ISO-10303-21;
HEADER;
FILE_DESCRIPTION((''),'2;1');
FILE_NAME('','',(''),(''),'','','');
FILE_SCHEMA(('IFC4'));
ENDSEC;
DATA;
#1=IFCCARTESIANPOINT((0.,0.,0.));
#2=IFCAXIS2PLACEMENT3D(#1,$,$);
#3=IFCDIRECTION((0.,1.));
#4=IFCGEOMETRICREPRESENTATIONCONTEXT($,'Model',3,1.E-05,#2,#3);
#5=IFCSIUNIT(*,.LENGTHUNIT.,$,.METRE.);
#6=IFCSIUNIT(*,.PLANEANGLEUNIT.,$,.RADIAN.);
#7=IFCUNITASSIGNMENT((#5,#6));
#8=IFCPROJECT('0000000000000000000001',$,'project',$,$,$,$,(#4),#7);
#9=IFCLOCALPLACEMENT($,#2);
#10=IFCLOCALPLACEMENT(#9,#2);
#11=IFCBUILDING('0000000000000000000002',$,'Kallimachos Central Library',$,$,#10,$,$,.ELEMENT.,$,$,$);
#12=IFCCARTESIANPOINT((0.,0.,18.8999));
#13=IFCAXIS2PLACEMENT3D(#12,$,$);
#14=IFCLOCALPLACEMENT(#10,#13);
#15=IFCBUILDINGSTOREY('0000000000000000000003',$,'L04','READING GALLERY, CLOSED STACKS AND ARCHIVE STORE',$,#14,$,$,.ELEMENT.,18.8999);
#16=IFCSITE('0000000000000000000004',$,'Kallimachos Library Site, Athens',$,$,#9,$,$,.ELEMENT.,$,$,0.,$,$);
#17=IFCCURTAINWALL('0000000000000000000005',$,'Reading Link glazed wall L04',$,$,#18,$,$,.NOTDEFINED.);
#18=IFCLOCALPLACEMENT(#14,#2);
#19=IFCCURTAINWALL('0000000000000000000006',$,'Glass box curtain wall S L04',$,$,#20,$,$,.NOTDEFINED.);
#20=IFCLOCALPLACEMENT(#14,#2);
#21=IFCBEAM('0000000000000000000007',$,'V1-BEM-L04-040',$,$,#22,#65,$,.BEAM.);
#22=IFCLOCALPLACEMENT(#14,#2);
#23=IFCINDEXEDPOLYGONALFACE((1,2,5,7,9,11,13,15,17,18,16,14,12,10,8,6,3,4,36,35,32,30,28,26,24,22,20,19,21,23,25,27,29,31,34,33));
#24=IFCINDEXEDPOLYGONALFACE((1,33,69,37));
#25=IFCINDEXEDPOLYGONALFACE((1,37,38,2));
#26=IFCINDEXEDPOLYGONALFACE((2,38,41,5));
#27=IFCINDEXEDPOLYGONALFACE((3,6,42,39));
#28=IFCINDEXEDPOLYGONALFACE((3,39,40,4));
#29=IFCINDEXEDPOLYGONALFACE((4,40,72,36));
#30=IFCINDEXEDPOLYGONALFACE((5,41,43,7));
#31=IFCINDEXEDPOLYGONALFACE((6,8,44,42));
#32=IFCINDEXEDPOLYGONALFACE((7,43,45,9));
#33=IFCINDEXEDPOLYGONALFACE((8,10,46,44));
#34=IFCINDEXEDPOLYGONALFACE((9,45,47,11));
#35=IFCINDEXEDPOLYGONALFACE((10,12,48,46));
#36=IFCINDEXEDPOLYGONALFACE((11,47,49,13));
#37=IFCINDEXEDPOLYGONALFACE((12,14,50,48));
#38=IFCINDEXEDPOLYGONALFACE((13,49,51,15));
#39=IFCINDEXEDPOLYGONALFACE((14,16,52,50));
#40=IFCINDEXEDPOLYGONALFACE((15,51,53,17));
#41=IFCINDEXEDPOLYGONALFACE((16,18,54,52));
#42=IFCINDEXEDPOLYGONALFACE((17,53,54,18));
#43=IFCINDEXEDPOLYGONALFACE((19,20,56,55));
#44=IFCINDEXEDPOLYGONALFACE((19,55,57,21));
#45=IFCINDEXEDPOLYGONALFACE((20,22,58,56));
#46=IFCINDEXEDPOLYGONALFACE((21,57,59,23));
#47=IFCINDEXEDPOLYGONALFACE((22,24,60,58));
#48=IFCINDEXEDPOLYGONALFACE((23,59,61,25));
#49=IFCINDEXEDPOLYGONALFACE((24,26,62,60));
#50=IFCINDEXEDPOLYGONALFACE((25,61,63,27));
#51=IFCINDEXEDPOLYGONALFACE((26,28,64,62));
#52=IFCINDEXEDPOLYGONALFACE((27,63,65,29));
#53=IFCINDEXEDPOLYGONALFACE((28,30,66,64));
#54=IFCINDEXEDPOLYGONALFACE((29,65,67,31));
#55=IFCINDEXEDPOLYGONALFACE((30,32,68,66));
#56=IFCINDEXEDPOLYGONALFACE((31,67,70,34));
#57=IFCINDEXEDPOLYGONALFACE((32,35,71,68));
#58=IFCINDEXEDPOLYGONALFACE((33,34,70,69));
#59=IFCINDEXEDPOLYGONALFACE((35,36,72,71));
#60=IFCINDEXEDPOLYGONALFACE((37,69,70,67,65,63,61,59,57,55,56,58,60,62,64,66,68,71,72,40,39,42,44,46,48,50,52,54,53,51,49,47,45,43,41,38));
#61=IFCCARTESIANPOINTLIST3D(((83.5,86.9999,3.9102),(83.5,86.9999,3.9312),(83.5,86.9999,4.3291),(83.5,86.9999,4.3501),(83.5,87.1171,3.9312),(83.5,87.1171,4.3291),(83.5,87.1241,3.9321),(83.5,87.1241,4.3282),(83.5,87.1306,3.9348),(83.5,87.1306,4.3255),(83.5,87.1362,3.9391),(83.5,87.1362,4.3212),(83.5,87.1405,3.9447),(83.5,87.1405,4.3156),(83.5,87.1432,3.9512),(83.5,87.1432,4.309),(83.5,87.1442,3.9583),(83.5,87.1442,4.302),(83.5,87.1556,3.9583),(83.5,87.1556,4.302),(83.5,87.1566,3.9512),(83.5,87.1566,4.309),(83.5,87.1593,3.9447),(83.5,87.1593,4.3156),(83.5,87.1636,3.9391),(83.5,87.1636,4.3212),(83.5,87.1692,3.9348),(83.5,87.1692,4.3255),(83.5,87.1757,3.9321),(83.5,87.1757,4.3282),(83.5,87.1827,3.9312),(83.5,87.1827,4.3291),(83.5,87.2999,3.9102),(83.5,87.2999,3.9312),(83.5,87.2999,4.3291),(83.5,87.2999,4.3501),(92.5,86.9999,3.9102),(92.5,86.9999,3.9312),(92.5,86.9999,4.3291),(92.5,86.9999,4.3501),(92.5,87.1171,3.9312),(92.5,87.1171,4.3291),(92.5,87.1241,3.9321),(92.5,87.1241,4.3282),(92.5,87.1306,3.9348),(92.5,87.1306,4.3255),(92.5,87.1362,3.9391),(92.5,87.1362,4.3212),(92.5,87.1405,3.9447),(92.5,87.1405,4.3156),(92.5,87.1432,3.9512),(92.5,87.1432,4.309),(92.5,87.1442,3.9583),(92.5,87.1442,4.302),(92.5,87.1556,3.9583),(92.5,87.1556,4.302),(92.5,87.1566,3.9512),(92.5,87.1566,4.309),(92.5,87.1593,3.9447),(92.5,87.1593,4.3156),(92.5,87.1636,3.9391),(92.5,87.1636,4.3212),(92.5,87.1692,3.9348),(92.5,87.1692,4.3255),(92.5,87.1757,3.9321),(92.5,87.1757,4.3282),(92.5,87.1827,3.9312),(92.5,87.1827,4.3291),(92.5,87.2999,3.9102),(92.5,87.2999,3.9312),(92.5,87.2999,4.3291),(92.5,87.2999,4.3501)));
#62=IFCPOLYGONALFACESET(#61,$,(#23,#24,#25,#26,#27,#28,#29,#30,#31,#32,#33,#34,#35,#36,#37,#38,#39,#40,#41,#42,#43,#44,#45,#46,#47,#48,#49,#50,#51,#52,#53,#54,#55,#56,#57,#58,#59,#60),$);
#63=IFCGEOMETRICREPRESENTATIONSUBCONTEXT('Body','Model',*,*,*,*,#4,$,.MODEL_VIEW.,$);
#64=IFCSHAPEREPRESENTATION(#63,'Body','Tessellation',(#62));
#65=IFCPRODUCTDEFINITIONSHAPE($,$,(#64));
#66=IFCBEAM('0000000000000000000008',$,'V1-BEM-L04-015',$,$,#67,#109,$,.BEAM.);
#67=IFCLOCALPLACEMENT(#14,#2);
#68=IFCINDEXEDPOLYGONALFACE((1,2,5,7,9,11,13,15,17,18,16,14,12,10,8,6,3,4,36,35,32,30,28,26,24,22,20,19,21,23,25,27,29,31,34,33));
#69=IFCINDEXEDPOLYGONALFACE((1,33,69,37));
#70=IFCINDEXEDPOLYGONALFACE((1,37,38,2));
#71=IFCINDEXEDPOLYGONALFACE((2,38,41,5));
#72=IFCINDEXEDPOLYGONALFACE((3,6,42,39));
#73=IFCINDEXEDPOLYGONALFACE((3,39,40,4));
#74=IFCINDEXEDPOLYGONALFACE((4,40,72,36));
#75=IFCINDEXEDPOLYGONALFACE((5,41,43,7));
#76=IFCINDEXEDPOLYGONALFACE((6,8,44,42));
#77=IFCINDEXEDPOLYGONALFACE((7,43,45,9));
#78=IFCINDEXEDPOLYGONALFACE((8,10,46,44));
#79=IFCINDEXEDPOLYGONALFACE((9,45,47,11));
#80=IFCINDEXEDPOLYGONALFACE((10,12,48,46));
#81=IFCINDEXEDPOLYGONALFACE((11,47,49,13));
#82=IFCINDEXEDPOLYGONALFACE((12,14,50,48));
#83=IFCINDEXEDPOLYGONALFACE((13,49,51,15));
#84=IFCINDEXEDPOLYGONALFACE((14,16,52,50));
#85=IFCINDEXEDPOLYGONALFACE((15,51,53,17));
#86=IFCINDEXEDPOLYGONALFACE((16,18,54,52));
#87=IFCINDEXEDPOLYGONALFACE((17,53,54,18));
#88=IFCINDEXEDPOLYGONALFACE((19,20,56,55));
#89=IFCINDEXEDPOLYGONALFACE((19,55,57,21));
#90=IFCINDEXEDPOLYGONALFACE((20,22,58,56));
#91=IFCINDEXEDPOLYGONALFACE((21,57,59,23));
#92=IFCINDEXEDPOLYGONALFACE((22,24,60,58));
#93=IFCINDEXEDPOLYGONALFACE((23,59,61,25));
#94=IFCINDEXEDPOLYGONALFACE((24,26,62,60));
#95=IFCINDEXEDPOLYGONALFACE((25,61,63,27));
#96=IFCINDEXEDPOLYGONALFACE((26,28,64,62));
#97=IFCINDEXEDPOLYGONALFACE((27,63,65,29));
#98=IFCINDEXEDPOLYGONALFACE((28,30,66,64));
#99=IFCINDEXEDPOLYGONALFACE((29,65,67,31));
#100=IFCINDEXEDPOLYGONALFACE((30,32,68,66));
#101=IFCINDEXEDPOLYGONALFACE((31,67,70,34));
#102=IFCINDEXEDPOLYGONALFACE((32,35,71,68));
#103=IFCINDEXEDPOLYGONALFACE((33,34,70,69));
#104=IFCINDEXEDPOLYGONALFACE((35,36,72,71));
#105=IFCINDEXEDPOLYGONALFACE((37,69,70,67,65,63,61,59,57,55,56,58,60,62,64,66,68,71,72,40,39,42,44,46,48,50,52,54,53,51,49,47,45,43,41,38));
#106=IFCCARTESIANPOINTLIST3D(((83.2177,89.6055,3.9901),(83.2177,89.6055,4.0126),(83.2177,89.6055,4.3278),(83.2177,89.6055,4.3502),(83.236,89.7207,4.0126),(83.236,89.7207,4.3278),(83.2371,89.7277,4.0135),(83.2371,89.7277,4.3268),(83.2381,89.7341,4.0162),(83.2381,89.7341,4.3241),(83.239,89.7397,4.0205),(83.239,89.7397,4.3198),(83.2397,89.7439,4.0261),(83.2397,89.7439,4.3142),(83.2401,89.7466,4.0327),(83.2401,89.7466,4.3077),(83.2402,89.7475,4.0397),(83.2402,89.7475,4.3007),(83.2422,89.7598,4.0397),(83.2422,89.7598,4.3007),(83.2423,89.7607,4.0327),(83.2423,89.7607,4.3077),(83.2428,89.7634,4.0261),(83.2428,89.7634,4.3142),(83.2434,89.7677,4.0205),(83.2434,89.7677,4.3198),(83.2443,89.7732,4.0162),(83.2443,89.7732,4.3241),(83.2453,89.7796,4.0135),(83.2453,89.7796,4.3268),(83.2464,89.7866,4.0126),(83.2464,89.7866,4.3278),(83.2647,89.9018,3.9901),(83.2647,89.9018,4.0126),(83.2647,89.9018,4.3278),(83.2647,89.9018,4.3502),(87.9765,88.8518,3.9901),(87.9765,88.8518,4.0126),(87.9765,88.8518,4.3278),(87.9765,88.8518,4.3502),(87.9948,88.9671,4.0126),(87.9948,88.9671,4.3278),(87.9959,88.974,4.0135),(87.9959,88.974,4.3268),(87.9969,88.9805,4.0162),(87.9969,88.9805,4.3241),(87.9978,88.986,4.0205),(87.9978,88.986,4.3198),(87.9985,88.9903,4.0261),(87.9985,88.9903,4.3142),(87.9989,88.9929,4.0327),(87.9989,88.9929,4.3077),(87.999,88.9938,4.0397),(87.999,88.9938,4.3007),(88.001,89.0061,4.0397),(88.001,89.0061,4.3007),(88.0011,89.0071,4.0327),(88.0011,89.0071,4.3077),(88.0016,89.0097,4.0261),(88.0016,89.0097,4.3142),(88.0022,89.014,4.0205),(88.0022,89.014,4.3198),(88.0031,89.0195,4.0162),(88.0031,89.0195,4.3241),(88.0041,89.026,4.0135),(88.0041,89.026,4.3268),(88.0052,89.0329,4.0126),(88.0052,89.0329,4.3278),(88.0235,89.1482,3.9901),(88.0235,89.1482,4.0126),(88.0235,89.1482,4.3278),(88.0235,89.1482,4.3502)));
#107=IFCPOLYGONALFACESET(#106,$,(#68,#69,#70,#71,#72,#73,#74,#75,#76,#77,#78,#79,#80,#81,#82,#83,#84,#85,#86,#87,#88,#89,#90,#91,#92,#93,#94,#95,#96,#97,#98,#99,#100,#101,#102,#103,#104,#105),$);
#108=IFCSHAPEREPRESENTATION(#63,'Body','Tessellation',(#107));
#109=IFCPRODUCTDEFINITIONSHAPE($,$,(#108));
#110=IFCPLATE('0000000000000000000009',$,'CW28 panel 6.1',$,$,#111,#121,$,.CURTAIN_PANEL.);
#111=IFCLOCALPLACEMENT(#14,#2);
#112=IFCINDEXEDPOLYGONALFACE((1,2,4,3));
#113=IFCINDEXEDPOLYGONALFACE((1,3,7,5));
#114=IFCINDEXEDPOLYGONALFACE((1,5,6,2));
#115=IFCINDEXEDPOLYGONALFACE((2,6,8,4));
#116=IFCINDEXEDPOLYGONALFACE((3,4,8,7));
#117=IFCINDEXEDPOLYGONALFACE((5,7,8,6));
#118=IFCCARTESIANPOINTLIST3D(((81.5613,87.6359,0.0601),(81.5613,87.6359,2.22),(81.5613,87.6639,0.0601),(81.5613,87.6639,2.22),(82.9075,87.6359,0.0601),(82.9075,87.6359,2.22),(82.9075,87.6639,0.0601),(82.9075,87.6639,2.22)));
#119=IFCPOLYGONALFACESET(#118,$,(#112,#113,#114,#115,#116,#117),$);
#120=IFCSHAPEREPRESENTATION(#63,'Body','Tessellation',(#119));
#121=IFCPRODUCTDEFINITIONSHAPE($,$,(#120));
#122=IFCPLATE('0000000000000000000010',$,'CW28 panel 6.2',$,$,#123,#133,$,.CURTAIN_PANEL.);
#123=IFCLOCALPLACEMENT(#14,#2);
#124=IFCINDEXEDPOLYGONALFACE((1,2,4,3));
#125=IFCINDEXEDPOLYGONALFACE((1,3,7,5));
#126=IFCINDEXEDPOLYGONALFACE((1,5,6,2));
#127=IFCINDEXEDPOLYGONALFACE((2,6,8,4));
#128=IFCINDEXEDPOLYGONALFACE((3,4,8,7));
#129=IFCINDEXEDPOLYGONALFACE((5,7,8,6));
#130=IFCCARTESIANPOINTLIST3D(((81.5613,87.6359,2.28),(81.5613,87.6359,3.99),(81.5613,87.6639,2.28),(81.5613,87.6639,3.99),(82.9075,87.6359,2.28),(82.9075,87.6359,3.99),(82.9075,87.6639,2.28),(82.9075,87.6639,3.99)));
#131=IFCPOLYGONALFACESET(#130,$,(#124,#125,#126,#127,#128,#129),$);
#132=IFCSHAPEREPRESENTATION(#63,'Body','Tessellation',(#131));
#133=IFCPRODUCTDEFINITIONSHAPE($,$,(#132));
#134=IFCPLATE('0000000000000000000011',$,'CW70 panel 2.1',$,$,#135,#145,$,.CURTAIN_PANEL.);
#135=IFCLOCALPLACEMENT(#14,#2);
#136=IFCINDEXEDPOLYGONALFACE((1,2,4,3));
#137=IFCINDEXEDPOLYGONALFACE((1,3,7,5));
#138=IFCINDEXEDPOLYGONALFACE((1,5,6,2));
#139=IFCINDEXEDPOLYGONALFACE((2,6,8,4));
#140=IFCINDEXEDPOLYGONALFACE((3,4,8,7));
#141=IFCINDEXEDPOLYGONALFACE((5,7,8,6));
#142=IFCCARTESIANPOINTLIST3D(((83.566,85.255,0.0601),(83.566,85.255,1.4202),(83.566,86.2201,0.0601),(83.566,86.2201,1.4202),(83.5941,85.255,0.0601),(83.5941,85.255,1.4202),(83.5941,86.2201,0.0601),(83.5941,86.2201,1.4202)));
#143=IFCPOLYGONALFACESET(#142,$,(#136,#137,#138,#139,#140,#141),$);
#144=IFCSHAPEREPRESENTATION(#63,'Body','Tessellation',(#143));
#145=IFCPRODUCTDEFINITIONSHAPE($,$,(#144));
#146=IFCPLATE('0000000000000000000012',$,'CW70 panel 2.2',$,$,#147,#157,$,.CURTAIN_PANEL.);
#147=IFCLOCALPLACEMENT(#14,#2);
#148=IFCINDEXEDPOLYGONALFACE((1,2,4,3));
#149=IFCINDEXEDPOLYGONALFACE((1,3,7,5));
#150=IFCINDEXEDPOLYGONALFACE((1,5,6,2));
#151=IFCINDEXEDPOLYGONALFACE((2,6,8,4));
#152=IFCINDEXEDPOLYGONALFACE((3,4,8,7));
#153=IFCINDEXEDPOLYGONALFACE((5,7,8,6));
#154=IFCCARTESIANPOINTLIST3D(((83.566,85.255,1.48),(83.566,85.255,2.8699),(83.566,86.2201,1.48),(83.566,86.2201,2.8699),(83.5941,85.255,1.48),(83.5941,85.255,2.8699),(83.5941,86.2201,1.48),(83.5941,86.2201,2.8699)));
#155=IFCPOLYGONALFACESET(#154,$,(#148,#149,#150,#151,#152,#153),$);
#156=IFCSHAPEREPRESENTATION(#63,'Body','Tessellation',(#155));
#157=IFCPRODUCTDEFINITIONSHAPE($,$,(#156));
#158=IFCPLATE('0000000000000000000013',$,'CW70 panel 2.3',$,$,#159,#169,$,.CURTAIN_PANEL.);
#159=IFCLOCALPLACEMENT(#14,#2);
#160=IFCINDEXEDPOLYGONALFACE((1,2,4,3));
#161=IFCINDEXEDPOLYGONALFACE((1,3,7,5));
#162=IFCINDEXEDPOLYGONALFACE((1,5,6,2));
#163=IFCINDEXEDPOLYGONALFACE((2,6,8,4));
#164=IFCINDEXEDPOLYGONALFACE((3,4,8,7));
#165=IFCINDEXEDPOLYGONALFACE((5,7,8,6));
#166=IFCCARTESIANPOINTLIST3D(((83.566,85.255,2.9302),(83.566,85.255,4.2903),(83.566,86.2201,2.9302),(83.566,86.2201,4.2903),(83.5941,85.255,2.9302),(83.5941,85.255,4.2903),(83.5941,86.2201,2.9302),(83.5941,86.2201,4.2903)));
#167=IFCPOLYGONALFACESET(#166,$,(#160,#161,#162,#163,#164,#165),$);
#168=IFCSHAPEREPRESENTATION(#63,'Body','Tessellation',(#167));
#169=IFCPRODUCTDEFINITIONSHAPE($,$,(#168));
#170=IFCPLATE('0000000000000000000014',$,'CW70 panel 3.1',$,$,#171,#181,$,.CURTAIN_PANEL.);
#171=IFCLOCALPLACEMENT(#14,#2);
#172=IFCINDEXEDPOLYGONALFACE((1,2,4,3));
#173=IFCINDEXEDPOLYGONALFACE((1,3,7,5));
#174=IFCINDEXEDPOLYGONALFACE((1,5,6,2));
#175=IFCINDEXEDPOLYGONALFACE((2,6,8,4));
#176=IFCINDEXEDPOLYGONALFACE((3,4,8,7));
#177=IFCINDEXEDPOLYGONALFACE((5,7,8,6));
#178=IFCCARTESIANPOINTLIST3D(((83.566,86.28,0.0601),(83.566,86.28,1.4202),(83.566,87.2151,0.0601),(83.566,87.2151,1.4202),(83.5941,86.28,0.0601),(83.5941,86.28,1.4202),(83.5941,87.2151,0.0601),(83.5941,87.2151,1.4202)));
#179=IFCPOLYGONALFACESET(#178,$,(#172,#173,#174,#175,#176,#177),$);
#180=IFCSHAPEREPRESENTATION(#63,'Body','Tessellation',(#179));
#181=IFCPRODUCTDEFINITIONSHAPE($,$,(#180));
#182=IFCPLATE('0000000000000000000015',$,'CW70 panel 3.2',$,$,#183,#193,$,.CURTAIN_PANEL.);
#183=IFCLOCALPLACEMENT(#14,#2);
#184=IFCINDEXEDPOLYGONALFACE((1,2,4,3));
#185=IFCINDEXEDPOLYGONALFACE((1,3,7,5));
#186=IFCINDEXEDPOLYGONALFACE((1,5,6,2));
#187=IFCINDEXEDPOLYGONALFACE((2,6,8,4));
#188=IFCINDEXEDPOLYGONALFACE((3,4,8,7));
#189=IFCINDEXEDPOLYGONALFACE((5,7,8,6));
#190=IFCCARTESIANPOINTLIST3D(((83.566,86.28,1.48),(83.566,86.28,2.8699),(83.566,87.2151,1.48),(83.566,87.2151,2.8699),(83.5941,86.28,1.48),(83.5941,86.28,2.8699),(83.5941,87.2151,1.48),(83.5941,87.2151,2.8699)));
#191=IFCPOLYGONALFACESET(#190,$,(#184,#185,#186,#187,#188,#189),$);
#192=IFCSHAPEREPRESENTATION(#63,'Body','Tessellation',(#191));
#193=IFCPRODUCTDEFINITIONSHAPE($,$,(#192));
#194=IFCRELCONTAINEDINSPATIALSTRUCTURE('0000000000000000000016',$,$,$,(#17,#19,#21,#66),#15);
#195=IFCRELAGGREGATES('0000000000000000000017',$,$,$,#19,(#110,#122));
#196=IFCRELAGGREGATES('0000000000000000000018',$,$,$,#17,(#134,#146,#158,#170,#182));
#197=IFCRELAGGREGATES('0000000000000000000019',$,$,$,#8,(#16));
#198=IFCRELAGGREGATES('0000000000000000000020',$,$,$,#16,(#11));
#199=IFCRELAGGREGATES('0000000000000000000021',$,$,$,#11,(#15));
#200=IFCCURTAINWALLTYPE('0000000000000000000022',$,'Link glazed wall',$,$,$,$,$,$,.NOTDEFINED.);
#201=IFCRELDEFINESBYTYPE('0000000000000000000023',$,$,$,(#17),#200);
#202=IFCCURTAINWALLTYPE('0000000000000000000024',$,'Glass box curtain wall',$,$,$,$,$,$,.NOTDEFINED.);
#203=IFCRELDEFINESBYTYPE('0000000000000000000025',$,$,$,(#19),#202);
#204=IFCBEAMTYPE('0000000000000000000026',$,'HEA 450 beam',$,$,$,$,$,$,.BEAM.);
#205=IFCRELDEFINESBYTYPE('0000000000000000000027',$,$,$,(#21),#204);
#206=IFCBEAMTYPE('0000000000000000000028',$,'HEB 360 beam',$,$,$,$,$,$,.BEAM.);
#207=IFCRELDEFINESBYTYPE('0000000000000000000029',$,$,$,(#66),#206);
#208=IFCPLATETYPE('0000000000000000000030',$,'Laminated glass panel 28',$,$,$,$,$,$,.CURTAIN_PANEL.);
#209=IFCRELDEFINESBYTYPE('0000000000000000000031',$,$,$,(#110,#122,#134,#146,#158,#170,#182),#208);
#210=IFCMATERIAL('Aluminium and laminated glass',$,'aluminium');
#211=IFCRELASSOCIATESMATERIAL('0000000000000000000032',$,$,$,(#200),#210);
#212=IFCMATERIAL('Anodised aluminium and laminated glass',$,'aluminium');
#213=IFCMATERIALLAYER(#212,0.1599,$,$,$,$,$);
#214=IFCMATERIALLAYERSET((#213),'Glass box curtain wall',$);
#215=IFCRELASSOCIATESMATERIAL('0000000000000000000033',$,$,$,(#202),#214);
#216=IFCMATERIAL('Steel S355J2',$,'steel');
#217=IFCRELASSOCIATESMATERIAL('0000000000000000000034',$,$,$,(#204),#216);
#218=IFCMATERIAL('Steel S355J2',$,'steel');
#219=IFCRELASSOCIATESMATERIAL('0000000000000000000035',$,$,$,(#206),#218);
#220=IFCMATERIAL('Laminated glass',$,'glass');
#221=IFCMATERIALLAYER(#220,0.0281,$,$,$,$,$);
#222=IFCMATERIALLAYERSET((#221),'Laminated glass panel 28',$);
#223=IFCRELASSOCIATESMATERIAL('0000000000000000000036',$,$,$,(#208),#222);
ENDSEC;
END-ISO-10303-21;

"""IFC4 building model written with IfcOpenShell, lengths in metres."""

from ifc_helpers import new_model, si_unit, direction, frame, origin, origin_2d, place, context, subcontext, project, spatial, rectangle, i_section, extrude, material, layer, layer_set, material_profile, profile_set, type_object, element, aggregate, save


model = new_model("IFC4")

# Units and contexts
model_context = context("Model", 3, precision=1e-05, world=origin(), true_north=direction((0.0, 1.0)))
body_context = subcontext(model_context, "Body", "Model", "MODEL_VIEW")
ifc_project = project(units=[si_unit("LENGTHUNIT", "METRE"), si_unit("PLANEANGLEUNIT", "RADIAN")], contexts=[model_context])

# Site, building, storey
site_placement = place(None, origin())
site = spatial("IfcSite", under=ifc_project, at=site_placement, Name="Kallimachos Library Site, Athens", CompositionType="ELEMENT", RefElevation=0.0)
building_placement = place(site_placement, origin())
building = spatial("IfcBuilding", under=site, at=building_placement, Name="Kallimachos Central Library", CompositionType="ELEMENT")
storey_placement = place(building_placement, frame((0.0, 0.0, 18.8999)))
storey = spatial("IfcBuildingStorey", under=building, at=storey_placement, Name="L04", Description="READING GALLERY, CLOSED STACKS AND ARCHIVE STORE", CompositionType="ELEMENT", Elevation=18.8999)

# Curtain walls
ifc_material_1 = material(Name="Aluminium and laminated glass", Category="aluminium")
curtain_wall_type_1 = type_object("IfcCurtainWallType", Name="Link glazed wall", PredefinedType="NOTDEFINED", material=ifc_material_1)
curtain_wall_1_placement = place(storey_placement, origin())
curtain_wall_1 = element("IfcCurtainWall", 1, at=curtain_wall_1_placement, inside=storey, type_object=curtain_wall_type_1, Name="Reading Link glazed wall L04", PredefinedType="NOTDEFINED")
ifc_material_2 = material(Name="Anodised aluminium and laminated glass", Category="aluminium")
ifc_layer_1 = layer(ifc_material_2, 0.1599)
ifc_layer_set_1 = layer_set([ifc_layer_1], Name="Glass box curtain wall")
curtain_wall_type_2 = type_object("IfcCurtainWallType", Name="Glass box curtain wall", PredefinedType="NOTDEFINED", material=ifc_layer_set_1)
curtain_wall_2_placement = place(storey_placement, origin())
curtain_wall_2 = element("IfcCurtainWall", 2, at=curtain_wall_2_placement, inside=storey, type_object=curtain_wall_type_2, Name="Glass box curtain wall S L04", PredefinedType="NOTDEFINED")

# Beams
ifc_material_3 = material(Name="Steel S355J2", Category="steel")
ifc_material_profile_1 = material_profile(ifc_material_3, i_section(OverallWidth=0.3, OverallDepth=0.4399, WebThickness=0.0115, FlangeThickness=0.021, FilletRadius=0.0271, at=origin_2d()), Name="HEA 450")
ifc_profile_set_1 = profile_set([ifc_material_profile_1], Name="Steel S355J2")
beam_type_1 = type_object("IfcBeamType", Name="HEA 450 beam", PredefinedType="BEAM", material=ifc_profile_set_1)
beam_1_placement = place(storey_placement, frame((83.5, 87.1499, 4.1301), z_axis=(1.0, 0.0, 0.0), x_axis=(0.0, 1.0, 0.0)))
element("IfcBeam", 3, at=beam_1_placement, inside=storey, type_object=beam_type_1, Name="V1-BEM-L04-040", PredefinedType="BEAM", context=body_context, shape_type="SweptSolid", body=[
    extrude(i_section(OverallWidth=0.3, OverallDepth=0.4399, WebThickness=0.0115, FlangeThickness=0.021, FilletRadius=0.0271, at=origin_2d()), origin(), (0.0, 0.0, 1.0), 9.0),
])
ifc_material_4 = material(Name="Steel S355J2", Category="steel")
ifc_material_profile_2 = material_profile(ifc_material_4, i_section(OverallWidth=0.3, OverallDepth=0.3601, WebThickness=0.0125, FlangeThickness=0.0225, FilletRadius=0.0271, at=origin_2d()), Name="HEB 360")
ifc_profile_set_2 = profile_set([ifc_material_profile_2], Name="Steel S355J2")
beam_type_2 = type_object("IfcBeamType", Name="HEB 360 beam", PredefinedType="BEAM", material=ifc_profile_set_2)
beam_2_placement = place(storey_placement, frame((83.2412, 89.7537, 4.1702), z_axis=(0.98769, -0.156423, 0.0), x_axis=(0.156423, 0.98769, 0.0)))
element("IfcBeam", 4, at=beam_2_placement, inside=storey, type_object=beam_type_2, Name="V1-BEM-L04-015", PredefinedType="BEAM", context=body_context, shape_type="SweptSolid", body=[
    extrude(i_section(OverallWidth=0.3, OverallDepth=0.3601, WebThickness=0.0125, FlangeThickness=0.0225, FilletRadius=0.0271, at=origin_2d()), origin(), (0.0, 0.0, 1.0), 4.8181),
])

# Plates
ifc_material_5 = material(Name="Laminated glass", Category="glass")
ifc_layer_2 = layer(ifc_material_5, 0.0281)
ifc_layer_set_2 = layer_set([ifc_layer_2], Name="Laminated glass panel 28")
plate_type = type_object("IfcPlateType", Name="Laminated glass panel 28", PredefinedType="CURTAIN_PANEL", material=ifc_layer_set_2)
plate_1_placement = place(storey_placement, frame((82.2344, 87.6499, 0.0601), z_axis=(0.0, 0.0, 1.0), x_axis=(1.0, 0.0, 0.0)))
plate_1 = element("IfcPlate", 5, at=plate_1_placement, type_object=plate_type, Name="CW28 panel 6.1", PredefinedType="CURTAIN_PANEL", context=body_context, shape_type="SweptSolid", body=[
    extrude(rectangle(XDim=1.3462, YDim=0.0281, at=origin_2d()), origin(), (0.0, 0.0, 1.0), 2.1599),
])
plate_2_placement = place(storey_placement, frame((82.2344, 87.6499, 2.28), z_axis=(0.0, 0.0, 1.0), x_axis=(1.0, 0.0, 0.0)))
plate_2 = element("IfcPlate", 6, at=plate_2_placement, type_object=plate_type, Name="CW28 panel 6.2", PredefinedType="CURTAIN_PANEL", context=body_context, shape_type="SweptSolid", body=[
    extrude(rectangle(XDim=1.3462, YDim=0.0281, at=origin_2d()), origin(), (0.0, 0.0, 1.0), 1.71),
])
aggregate(curtain_wall_2, [plate_1, plate_2])
plate_3_placement = place(storey_placement, frame((83.5801, 85.7375, 0.0601), z_axis=(0.0, 0.0, 1.0), x_axis=(0.0, 1.0, 0.0)))
plate_3 = element("IfcPlate", 7, at=plate_3_placement, type_object=plate_type, Name="CW70 panel 2.1", PredefinedType="CURTAIN_PANEL", context=body_context, shape_type="SweptSolid", body=[
    extrude(rectangle(XDim=0.9651, YDim=0.0281, at=origin_2d()), origin(), (0.0, 0.0, 1.0), 1.3601),
])
plate_4_placement = place(storey_placement, frame((83.5801, 85.7375, 1.48), z_axis=(0.0, 0.0, 1.0), x_axis=(0.0, 1.0, 0.0)))
plate_4 = element("IfcPlate", 8, at=plate_4_placement, type_object=plate_type, Name="CW70 panel 2.2", PredefinedType="CURTAIN_PANEL", context=body_context, shape_type="SweptSolid", body=[
    extrude(rectangle(XDim=0.9651, YDim=0.0281, at=origin_2d()), origin(), (0.0, 0.0, 1.0), 1.3899),
])
plate_5_placement = place(storey_placement, frame((83.5801, 85.7375, 2.9302), z_axis=(0.0, 0.0, 1.0), x_axis=(0.0, 1.0, 0.0)))
plate_5 = element("IfcPlate", 9, at=plate_5_placement, type_object=plate_type, Name="CW70 panel 2.3", PredefinedType="CURTAIN_PANEL", context=body_context, shape_type="SweptSolid", body=[
    extrude(rectangle(XDim=0.9651, YDim=0.0281, at=origin_2d()), origin(), (0.0, 0.0, 1.0), 1.3601),
])
plate_6_placement = place(storey_placement, frame((83.5801, 86.7476, 0.0601), z_axis=(0.0, 0.0, 1.0), x_axis=(0.0, 1.0, 0.0)))
plate_6 = element("IfcPlate", 10, at=plate_6_placement, type_object=plate_type, Name="CW70 panel 3.1", PredefinedType="CURTAIN_PANEL", context=body_context, shape_type="SweptSolid", body=[
    extrude(rectangle(XDim=0.9351, YDim=0.0281, at=origin_2d()), origin(), (0.0, 0.0, 1.0), 1.3601),
])
plate_7_placement = place(storey_placement, frame((83.5801, 86.7476, 1.48), z_axis=(0.0, 0.0, 1.0), x_axis=(0.0, 1.0, 0.0)))
plate_7 = element("IfcPlate", 11, at=plate_7_placement, type_object=plate_type, Name="CW70 panel 3.2", PredefinedType="CURTAIN_PANEL", context=body_context, shape_type="SweptSolid", body=[
    extrude(rectangle(XDim=0.9351, YDim=0.0281, at=origin_2d()), origin(), (0.0, 0.0, 1.0), 1.3899),
])
aggregate(curtain_wall_1, [plate_3, plate_4, plate_5, plate_6, plate_7])

save(model, "model.ifc")
